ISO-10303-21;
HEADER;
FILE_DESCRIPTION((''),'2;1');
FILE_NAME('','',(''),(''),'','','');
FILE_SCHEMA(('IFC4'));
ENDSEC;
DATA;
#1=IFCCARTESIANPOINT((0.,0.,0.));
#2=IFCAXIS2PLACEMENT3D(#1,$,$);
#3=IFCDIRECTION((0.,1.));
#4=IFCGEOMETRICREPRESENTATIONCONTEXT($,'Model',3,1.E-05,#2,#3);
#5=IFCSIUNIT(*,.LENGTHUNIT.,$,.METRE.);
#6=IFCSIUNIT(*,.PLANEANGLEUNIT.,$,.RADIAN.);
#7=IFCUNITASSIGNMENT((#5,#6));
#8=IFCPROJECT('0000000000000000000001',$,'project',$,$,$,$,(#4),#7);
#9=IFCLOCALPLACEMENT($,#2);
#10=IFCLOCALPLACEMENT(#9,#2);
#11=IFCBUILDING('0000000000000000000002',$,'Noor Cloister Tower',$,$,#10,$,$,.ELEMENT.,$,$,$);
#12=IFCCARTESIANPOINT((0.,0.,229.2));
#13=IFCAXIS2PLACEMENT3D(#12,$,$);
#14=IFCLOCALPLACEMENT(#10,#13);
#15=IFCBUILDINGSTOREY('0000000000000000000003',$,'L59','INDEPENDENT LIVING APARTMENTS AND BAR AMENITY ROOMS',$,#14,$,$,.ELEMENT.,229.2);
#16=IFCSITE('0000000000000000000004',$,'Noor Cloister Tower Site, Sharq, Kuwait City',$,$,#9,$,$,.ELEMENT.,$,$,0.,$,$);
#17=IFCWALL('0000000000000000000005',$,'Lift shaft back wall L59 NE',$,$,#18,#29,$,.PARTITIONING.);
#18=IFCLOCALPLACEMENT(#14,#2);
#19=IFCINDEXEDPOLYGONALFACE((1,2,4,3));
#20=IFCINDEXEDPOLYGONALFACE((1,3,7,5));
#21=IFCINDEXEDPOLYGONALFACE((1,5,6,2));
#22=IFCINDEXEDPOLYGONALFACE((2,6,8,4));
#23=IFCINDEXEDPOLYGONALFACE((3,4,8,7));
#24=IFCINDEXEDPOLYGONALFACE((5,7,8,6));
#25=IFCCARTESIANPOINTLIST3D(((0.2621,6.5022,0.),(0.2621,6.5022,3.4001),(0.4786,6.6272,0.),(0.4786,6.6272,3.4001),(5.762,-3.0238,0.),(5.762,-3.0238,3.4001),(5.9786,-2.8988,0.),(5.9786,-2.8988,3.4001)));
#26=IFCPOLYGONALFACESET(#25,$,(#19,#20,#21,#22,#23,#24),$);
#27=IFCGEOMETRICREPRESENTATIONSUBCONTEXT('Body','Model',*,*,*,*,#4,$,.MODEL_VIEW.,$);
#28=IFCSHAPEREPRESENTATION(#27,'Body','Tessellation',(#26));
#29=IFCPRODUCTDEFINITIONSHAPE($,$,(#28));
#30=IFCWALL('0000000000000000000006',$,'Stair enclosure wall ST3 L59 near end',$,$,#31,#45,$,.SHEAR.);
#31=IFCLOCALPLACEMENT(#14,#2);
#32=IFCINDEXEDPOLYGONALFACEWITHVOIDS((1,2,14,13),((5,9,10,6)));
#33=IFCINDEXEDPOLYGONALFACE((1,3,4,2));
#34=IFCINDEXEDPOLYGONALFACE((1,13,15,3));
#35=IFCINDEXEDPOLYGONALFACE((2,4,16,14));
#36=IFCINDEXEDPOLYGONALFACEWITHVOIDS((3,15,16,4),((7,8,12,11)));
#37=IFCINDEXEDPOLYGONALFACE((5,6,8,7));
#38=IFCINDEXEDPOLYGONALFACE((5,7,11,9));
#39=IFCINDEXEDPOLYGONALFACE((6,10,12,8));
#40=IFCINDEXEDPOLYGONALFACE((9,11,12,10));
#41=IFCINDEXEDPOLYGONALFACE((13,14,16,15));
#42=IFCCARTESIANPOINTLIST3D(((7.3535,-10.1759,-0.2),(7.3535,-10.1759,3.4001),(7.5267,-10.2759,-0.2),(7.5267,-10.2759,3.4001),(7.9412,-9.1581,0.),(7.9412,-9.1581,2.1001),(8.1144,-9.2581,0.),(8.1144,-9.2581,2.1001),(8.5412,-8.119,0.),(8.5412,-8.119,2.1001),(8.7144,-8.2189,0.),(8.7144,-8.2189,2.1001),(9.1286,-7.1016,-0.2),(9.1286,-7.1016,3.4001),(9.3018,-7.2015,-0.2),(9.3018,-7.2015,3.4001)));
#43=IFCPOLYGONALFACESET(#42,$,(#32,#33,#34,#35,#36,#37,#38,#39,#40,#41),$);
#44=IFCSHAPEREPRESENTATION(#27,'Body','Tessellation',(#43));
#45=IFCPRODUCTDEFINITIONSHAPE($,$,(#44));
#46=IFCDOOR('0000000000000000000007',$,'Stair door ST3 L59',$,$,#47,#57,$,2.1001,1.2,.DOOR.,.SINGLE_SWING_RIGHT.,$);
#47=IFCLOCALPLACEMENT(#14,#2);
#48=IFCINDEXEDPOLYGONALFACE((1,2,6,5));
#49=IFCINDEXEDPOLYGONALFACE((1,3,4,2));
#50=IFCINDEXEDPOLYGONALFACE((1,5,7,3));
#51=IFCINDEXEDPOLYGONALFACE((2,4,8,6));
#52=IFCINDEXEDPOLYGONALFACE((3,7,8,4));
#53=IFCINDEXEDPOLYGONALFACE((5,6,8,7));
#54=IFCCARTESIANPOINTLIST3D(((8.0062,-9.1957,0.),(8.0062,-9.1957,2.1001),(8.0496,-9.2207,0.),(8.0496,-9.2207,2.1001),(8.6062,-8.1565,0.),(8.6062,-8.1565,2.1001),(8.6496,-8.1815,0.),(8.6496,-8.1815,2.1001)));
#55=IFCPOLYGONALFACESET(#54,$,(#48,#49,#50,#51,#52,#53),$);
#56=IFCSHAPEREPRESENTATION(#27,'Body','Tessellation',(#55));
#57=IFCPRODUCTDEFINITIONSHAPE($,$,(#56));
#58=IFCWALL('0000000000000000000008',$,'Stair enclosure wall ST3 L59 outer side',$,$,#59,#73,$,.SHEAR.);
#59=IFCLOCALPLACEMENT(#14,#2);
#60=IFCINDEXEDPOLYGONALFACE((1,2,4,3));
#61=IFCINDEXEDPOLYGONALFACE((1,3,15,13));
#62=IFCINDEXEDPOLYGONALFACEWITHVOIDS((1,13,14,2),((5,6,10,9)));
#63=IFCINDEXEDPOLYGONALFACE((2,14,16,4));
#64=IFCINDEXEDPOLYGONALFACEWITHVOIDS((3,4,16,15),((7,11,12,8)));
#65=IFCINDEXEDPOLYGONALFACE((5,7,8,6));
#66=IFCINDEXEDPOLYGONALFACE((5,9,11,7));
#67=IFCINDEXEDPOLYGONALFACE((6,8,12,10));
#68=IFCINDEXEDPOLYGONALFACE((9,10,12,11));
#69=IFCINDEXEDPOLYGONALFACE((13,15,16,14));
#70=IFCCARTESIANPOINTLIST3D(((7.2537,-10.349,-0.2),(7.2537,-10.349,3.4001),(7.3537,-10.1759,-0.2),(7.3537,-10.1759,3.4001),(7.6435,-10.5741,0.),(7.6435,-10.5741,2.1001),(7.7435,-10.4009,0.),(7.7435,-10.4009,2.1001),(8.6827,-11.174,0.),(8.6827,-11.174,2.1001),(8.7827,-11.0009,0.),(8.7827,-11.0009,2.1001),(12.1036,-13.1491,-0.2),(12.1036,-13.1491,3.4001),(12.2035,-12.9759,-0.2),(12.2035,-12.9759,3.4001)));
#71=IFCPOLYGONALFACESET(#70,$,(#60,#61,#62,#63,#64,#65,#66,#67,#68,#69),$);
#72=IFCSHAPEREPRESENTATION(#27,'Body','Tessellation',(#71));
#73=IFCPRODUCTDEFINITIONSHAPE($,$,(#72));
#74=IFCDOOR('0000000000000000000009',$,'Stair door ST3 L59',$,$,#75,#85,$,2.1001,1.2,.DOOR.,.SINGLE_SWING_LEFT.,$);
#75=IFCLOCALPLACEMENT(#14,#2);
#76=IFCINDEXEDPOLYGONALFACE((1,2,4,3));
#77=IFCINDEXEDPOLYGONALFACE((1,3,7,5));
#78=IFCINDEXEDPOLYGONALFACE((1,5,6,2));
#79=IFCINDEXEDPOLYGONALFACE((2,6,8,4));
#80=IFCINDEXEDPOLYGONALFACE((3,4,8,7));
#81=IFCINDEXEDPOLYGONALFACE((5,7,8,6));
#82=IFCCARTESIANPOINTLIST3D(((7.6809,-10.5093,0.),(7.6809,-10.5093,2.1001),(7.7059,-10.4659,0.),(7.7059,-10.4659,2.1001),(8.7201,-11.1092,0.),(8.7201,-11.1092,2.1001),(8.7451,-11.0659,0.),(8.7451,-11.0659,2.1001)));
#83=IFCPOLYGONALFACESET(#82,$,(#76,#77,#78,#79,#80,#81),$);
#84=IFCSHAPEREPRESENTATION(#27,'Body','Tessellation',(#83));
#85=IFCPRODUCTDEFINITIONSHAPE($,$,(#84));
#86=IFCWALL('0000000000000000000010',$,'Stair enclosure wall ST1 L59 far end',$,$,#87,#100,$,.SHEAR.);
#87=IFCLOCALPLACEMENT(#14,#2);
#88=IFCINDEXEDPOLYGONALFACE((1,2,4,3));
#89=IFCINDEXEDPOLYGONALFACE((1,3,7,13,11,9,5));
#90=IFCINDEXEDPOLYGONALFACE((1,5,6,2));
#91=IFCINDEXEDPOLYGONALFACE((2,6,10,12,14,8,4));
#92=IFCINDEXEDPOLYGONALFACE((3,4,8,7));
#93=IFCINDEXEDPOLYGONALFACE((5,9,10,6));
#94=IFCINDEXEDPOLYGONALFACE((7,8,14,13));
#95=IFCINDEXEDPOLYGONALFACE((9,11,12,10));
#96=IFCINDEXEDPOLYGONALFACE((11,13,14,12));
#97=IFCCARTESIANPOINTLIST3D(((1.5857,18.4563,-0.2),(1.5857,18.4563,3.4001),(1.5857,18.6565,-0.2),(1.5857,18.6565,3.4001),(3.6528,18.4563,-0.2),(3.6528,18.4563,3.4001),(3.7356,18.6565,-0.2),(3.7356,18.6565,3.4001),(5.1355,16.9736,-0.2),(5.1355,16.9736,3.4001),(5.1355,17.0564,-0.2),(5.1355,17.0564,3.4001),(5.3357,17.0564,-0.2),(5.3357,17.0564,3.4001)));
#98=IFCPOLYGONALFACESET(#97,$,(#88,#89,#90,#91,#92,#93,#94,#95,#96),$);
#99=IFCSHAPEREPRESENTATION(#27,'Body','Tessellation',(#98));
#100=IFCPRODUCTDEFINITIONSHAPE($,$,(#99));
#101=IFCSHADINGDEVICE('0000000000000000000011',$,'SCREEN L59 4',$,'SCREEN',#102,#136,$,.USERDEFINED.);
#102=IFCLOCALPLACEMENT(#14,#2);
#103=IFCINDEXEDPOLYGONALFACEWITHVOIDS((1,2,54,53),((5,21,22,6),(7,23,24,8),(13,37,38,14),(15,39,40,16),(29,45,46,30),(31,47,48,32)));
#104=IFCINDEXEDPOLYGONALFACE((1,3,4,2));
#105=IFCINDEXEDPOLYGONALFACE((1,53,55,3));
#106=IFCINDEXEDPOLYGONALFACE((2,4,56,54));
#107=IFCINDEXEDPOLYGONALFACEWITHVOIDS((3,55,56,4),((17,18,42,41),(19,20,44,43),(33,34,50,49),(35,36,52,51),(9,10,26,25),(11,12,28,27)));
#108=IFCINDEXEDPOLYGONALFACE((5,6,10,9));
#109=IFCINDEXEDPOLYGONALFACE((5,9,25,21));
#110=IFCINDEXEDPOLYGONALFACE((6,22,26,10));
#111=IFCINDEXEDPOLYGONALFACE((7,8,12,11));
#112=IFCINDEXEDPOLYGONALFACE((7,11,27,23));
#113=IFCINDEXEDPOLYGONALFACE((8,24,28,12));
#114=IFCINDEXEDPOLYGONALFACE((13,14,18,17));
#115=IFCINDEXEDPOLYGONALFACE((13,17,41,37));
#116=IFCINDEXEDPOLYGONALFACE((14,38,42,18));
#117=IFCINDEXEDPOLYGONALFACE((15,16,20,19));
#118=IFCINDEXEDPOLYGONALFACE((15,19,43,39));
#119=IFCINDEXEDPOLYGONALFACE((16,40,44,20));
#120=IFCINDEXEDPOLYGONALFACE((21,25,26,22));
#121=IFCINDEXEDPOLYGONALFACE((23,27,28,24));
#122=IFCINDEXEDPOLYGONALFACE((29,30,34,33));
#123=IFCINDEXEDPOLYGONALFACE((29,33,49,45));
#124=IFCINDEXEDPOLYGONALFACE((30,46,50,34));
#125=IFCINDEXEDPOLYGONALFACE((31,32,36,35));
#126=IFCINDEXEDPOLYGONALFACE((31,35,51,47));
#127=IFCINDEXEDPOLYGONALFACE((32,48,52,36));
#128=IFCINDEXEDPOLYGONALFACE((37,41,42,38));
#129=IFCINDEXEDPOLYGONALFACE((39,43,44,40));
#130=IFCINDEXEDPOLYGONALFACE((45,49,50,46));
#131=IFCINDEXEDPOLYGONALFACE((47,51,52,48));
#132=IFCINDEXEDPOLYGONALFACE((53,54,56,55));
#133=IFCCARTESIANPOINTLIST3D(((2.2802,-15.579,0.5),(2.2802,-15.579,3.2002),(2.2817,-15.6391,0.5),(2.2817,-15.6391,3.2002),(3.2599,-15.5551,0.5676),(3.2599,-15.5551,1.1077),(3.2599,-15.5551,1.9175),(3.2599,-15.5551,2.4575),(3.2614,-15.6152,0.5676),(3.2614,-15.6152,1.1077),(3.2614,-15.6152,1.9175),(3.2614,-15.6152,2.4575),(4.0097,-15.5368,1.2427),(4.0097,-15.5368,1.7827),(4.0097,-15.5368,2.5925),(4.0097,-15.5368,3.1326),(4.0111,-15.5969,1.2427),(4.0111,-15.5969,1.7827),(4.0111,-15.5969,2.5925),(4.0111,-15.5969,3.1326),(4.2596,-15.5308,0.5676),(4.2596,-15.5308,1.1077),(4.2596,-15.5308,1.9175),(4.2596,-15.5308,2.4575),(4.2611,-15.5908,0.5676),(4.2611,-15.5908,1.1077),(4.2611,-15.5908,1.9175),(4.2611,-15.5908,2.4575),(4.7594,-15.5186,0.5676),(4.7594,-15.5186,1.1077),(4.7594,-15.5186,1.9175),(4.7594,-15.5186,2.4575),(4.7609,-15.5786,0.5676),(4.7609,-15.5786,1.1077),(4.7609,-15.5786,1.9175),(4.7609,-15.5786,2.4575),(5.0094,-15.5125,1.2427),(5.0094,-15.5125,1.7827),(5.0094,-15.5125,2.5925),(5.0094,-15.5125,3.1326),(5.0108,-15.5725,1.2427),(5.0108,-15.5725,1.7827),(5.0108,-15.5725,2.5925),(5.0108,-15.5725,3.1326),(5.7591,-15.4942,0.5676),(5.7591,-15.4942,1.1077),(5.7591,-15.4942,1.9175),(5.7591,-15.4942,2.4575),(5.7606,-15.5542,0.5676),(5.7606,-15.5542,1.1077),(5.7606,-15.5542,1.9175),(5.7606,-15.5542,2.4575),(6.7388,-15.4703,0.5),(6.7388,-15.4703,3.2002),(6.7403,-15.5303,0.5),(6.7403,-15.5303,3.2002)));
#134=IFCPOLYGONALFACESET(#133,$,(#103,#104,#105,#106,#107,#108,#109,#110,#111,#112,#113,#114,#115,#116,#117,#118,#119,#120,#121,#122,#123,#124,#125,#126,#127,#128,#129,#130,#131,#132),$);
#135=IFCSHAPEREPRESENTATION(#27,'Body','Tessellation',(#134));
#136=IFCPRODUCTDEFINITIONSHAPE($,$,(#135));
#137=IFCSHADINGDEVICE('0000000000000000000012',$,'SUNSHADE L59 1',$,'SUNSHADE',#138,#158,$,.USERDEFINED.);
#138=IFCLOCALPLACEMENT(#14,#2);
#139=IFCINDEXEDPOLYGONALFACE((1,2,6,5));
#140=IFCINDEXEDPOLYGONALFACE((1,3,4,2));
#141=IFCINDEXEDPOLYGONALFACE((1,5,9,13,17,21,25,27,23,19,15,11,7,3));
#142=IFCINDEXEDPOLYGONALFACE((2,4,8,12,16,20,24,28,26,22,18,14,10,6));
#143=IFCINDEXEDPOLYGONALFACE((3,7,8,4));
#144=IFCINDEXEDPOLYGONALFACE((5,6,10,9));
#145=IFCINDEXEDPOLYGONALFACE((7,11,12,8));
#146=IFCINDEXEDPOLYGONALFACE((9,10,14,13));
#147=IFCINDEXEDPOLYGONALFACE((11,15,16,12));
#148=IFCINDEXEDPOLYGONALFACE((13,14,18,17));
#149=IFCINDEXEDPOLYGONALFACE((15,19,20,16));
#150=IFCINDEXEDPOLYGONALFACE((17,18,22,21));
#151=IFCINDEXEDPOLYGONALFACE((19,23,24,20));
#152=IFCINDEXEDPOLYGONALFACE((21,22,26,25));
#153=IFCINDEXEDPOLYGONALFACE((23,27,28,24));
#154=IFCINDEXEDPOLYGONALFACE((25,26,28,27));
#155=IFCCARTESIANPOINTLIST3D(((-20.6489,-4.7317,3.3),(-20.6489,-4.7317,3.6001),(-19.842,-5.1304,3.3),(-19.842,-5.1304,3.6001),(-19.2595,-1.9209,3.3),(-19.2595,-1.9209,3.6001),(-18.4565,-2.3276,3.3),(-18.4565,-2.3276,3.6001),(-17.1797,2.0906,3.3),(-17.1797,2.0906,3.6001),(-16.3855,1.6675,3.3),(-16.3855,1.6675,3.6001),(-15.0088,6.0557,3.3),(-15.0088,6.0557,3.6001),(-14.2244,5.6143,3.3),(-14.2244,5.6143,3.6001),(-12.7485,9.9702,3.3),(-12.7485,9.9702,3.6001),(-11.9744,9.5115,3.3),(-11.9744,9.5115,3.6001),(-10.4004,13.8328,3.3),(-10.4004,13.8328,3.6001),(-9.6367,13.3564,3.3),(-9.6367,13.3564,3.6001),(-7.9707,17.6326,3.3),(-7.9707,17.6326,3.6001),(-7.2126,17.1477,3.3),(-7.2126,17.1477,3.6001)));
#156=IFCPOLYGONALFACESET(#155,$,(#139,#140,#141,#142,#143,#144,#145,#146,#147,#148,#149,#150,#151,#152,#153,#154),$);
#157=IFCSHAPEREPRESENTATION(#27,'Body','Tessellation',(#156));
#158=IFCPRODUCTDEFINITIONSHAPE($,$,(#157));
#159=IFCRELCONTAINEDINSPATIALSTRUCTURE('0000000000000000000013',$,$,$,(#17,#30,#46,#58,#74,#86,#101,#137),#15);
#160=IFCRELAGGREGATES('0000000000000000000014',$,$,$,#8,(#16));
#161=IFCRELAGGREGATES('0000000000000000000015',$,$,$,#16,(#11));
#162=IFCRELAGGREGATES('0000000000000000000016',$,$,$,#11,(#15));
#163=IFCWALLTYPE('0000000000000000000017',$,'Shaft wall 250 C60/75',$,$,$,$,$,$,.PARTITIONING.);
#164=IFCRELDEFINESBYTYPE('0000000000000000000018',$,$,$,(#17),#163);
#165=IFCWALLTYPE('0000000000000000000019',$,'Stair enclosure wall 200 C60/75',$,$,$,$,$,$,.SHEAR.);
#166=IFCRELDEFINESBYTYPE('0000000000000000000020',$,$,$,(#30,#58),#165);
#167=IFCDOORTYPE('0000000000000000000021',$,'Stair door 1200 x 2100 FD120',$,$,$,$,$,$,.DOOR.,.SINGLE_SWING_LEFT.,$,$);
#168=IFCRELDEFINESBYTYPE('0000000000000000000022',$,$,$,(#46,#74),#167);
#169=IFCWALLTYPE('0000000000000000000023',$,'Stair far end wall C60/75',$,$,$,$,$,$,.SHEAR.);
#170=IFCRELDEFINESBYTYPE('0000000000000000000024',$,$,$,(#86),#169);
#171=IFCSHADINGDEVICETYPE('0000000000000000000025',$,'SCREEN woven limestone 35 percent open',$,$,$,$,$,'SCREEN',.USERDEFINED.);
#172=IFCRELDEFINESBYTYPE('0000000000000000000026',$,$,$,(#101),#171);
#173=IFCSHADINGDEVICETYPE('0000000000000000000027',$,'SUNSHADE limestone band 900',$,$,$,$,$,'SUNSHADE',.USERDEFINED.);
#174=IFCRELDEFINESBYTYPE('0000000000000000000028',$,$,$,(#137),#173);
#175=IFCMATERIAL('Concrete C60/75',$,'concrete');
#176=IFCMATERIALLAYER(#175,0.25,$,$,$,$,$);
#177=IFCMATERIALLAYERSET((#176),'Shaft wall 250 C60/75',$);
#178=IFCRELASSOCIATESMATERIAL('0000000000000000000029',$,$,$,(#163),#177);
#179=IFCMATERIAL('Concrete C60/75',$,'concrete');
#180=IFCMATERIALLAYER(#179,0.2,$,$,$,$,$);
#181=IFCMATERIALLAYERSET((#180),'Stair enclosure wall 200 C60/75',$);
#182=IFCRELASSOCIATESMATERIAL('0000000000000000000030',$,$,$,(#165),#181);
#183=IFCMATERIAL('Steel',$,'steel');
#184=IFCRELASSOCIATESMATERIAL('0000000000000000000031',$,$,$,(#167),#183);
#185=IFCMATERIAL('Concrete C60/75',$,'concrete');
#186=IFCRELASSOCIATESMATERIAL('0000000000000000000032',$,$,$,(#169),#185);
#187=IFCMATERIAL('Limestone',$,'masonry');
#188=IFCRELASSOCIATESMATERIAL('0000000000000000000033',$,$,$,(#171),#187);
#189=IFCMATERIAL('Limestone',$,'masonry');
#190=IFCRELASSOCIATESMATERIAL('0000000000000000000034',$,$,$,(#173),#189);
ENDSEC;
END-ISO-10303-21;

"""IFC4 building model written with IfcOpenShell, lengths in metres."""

from ifc_helpers import new_model, si_unit, direction, frame, frame_2d, origin, place, context, subcontext, project, spatial, polyline, rectangle, outline, extrude, material, layer, layer_set, material_profile, profile_set, type_object, element, fill, save


model = new_model("IFC4")

# Units and contexts
model_context = context("Model", 3, precision=1e-05, world=origin(), true_north=direction((0.0, 1.0)))
body_context = subcontext(model_context, "Body", "Model", "MODEL_VIEW")
ifc_project = project(units=[si_unit("LENGTHUNIT", "METRE"), si_unit("PLANEANGLEUNIT", "RADIAN")], contexts=[model_context])

# Site, building, storey
site_placement = place(None, origin())
site = spatial("IfcSite", under=ifc_project, at=site_placement, Name="Noor Cloister Tower Site, Sharq, Kuwait City", CompositionType="ELEMENT", RefElevation=0.0)
building_placement = place(site_placement, origin())
building = spatial("IfcBuilding", under=site, at=building_placement, Name="Noor Cloister Tower", CompositionType="ELEMENT")
storey_placement = place(building_placement, frame((0.0, 0.0, 229.2)))
storey = spatial("IfcBuildingStorey", under=building, at=storey_placement, Name="L59", Description="INDEPENDENT LIVING APARTMENTS AND BAR AMENITY ROOMS", CompositionType="ELEMENT", Elevation=229.2)

# Wall
ifc_material_1 = material(Name="Concrete C60/75", Category="concrete")
ifc_layer_1 = layer(ifc_material_1, 0.25)
ifc_layer_set_1 = layer_set([ifc_layer_1], Name="Shaft wall 250 C60/75")
wall_type_1 = type_object("IfcWallType", Name="Shaft wall 250 C60/75", PredefinedType="PARTITIONING", material=ifc_layer_set_1)
wall_1_placement = place(storey_placement, frame((5.8704, -2.9614, 0.0), z_axis=(0.0, 0.0, 1.0), x_axis=(-0.500006, 0.866022, 0.0)))
element("IfcWall", 1, at=wall_1_placement, inside=storey, type_object=wall_type_1, Name="Lift shaft back wall L59 NE", PredefinedType="PARTITIONING", context=body_context, shape_type="SweptSolid", body=[
    extrude(rectangle(XDim=10.9998, YDim=0.25, at=frame_2d((5.5, 0.0))), origin(), (0.0, 0.0, 1.0), 3.4001),
])

# Walls, openings, doors
ifc_material_2 = material(Name="Concrete C60/75", Category="concrete")
ifc_layer_2 = layer(ifc_material_2, 0.2)
ifc_layer_set_2 = layer_set([ifc_layer_2], Name="Stair enclosure wall 200 C60/75")
wall_type_2 = type_object("IfcWallType", Name="Stair enclosure wall 200 C60/75", PredefinedType="SHEAR", material=ifc_layer_set_2)
wall_2_placement = place(storey_placement, frame((7.4402, -10.2258, -0.2), z_axis=(0.0, 0.0, 1.0), x_axis=(0.500022, 0.866013, 0.0)))
wall_2 = element("IfcWall", 2, at=wall_2_placement, inside=storey, type_object=wall_type_2, Name="Stair enclosure wall ST3 L59 near end", PredefinedType="SHEAR", context=body_context, shape_type="SweptSolid", body=[
    extrude(rectangle(XDim=3.55, YDim=0.2, at=frame_2d((1.7749, 0.0))), origin(), (0.0, 0.0, 1.0), 3.6001),
])
opening_1_placement = place(wall_2_placement, frame((1.175, 0.0, 0.2)))
opening_1 = element("IfcOpeningElement", 3, at=opening_1_placement, cuts=wall_2, PredefinedType="OPENING", context=body_context, shape_type="SweptSolid", body=[
    extrude(rectangle(XDim=1.2, YDim=2.1001, at=frame_2d((0.6001, 1.05))), frame((0.0, 0.1099, 0.0), z_axis=(0.0, -1.0, 0.0), x_axis=(1.0, 0.0, 0.0)), (0.0, 0.0, 1.0), 0.22),
])
ifc_material_3 = material(Name="Steel", Category="steel")
door_type_1 = type_object("IfcDoorType", Name="Stair door 1200 x 2100 FD120", OperationType="SINGLE_SWING_LEFT", PredefinedType="DOOR", material=ifc_material_3)
door_1_placement = place(opening_1_placement, origin())
door_1 = element("IfcDoor", 4, at=door_1_placement, inside=storey, type_object=door_type_1, Name="Stair door ST3 L59", OperationType="SINGLE_SWING_RIGHT", OverallHeight=2.1001, OverallWidth=1.2, PredefinedType="DOOR", context=body_context, shape_type="SweptSolid", body=[
    extrude(rectangle(XDim=1.2, YDim=2.1001, at=frame_2d((0.6001, 1.05))), frame((0.0, 0.0249, 0.0), z_axis=(0.0, -1.0, 0.0), x_axis=(1.0, 0.0, 0.0)), (0.0, 0.0, 1.0), 0.05),
])
fill(opening_1, door_1)
wall_3_placement = place(storey_placement, frame((7.3037, -10.2625, -0.2), z_axis=(0.0, 0.0, 1.0), x_axis=(0.866027, -0.499998, 0.0)))
wall_3 = element("IfcWall", 5, at=wall_3_placement, inside=storey, type_object=wall_type_2, Name="Stair enclosure wall ST3 L59 outer side", PredefinedType="SHEAR", context=body_context, shape_type="SweptSolid", body=[
    extrude(rectangle(XDim=5.6001, YDim=0.2, at=frame_2d((2.8, 0.0))), origin(), (0.0, 0.0, 1.0), 3.6001),
])
opening_2_placement = place(wall_3_placement, frame((0.45, 0.0, 0.2)))
opening_2 = element("IfcOpeningElement", 6, at=opening_2_placement, cuts=wall_3, PredefinedType="OPENING", context=body_context, shape_type="SweptSolid", body=[
    extrude(rectangle(XDim=1.2, YDim=2.1001, at=frame_2d((0.6001, 1.05))), frame((0.0, 0.1099, 0.0), z_axis=(0.0, -1.0, 0.0), x_axis=(1.0, 0.0, 0.0)), (0.0, 0.0, 1.0), 0.22),
])
door_2_placement = place(opening_2_placement, origin())
door_2 = element("IfcDoor", 7, at=door_2_placement, inside=storey, type_object=door_type_1, Name="Stair door ST3 L59", OperationType="SINGLE_SWING_LEFT", OverallHeight=2.1001, OverallWidth=1.2, PredefinedType="DOOR", context=body_context, shape_type="SweptSolid", body=[
    extrude(rectangle(XDim=1.2, YDim=2.1001, at=frame_2d((0.6001, 1.05))), frame((0.0, 0.0249, 0.0), z_axis=(0.0, -1.0, 0.0), x_axis=(1.0, 0.0, 0.0)), (0.0, 0.0, 1.0), 0.05),
])
fill(opening_2, door_2)

# Wall
ifc_material_4 = material(Name="Concrete C60/75", Category="concrete")
wall_type_3 = type_object("IfcWallType", Name="Stair far end wall C60/75", PredefinedType="SHEAR", material=ifc_material_4)
wall_4_placement = place(storey_placement, frame((0.0, 0.0, -0.2)))
element("IfcWall", 8, at=wall_4_placement, inside=storey, type_object=wall_type_3, Name="Stair enclosure wall ST1 L59 far end", PredefinedType="SHEAR", context=body_context, shape_type="SweptSolid", body=[
    extrude(outline(polyline([(5.3357, 17.0564), (3.7356, 18.6565), (1.5857, 18.6565), (1.5857, 18.4563), (3.6528, 18.4563), (5.1355, 16.9736), (5.1355, 17.0564), (5.1355, 17.0564), (5.1355, 17.0564), (5.1355, 17.0564), (5.1355, 17.0564), (5.1355, 17.0564), (5.1355, 17.0564), (5.1355, 17.0564), (5.1355, 17.0564), (5.1355, 17.0564), (5.1355, 17.0564), (5.1355, 17.0564), (5.1355, 17.0564), (5.1355, 17.0564), (5.1355, 17.0564), (5.1355, 17.0564), (5.1355, 17.0564), (5.3357, 17.0564)])), origin(), (0.0, 0.0, 1.0), 3.6001),
])

# Shading devices
ifc_material_5 = material(Name="Limestone", Category="masonry")
ifc_material_profile_1 = material_profile(ifc_material_5, outline(polyline([(-2.23, -1.3501), (2.23, -1.3501), (2.23, 1.3501), (-2.23, 1.3501), (-2.23, -1.3501)]), holes=[polyline([(-1.25, -1.2825), (-0.25, -1.2825), (-0.25, -0.7424), (-1.25, -0.7424), (-1.25, -1.2825)]), polyline([(0.25, -1.2825), (1.25, -1.2825), (1.25, -0.7424), (0.25, -0.7424), (0.25, -1.2825)]), polyline([(-0.5, -0.6074), (0.5, -0.6074), (0.5, -0.0674), (-0.5, -0.0674), (-0.5, -0.6074)]), polyline([(-1.25, 0.0674), (-0.25, 0.0674), (-0.25, 0.6074), (-1.25, 0.6074), (-1.25, 0.0674)]), polyline([(0.25, 0.0674), (1.25, 0.0674), (1.25, 0.6074), (0.25, 0.6074), (0.25, 0.0674)]), polyline([(-0.5, 0.7424), (0.5, 0.7424), (0.5, 1.2825), (-0.5, 1.2825), (-0.5, 0.7424)])]), Name="Woven screen 35 percent open")
ifc_profile_set_1 = profile_set([ifc_material_profile_1], Name="Limestone")
shading_device_type_1 = type_object("IfcShadingDeviceType", Name="SCREEN woven limestone 35 percent open", ElementType="SCREEN", PredefinedType="USERDEFINED", material=ifc_profile_set_1)
shading_device_1_placement = place(storey_placement, frame((4.5095, -15.5247, 1.8501), z_axis=(0.024383, -0.999703, 0.0), x_axis=(0.999703, 0.024383, 0.0)))
element("IfcShadingDevice", 9, at=shading_device_1_placement, inside=storey, type_object=shading_device_type_1, Name="SCREEN L59 4", ObjectType="SCREEN", PredefinedType="USERDEFINED", context=body_context, shape_type="SweptSolid", body=[
    extrude(outline(polyline([(-2.23, -1.3501), (2.23, -1.3501), (2.23, 1.3501), (-2.23, 1.3501), (-2.23, -1.3501)]), holes=[polyline([(-1.25, -1.2825), (-0.25, -1.2825), (-0.25, -0.7424), (-1.25, -0.7424), (-1.25, -1.2825)]), polyline([(0.25, -1.2825), (1.25, -1.2825), (1.25, -0.7424), (0.25, -0.7424), (0.25, -1.2825)]), polyline([(-0.5, -0.6074), (0.5, -0.6074), (0.5, -0.0674), (-0.5, -0.0674), (-0.5, -0.6074)]), polyline([(-1.25, 0.0674), (-0.25, 0.0674), (-0.25, 0.6074), (-1.25, 0.6074), (-1.25, 0.0674)]), polyline([(0.25, 0.0674), (1.25, 0.0674), (1.25, 0.6074), (0.25, 0.6074), (0.25, 0.0674)]), polyline([(-0.5, 0.7424), (0.5, 0.7424), (0.5, 1.2825), (-0.5, 1.2825), (-0.5, 0.7424)])]), origin(), (0.0, 0.0, 1.0), 0.0601),
])
ifc_material_6 = material(Name="Limestone", Category="masonry")
shading_device_type_2 = type_object("IfcShadingDeviceType", Name="SUNSHADE limestone band 900", ElementType="SUNSHADE", PredefinedType="USERDEFINED", material=ifc_material_6)
shading_device_2_placement = place(storey_placement, frame((0.0, 0.0, 3.3)))
element("IfcShadingDevice", 10, at=shading_device_2_placement, inside=storey, type_object=shading_device_type_2, Name="SUNSHADE L59 1", ObjectType="SUNSHADE", PredefinedType="USERDEFINED", context=body_context, shape_type="SweptSolid", body=[
    extrude(outline(polyline([(-7.9707, 17.6326), (-10.4004, 13.8328), (-12.7485, 9.9702), (-15.0088, 6.0557), (-17.1797, 2.0906), (-19.2595, -1.9209), (-20.6489, -4.7317), (-19.842, -5.1304), (-18.4565, -2.3276), (-16.3855, 1.6675), (-14.2244, 5.6143), (-11.9744, 9.5115), (-9.6367, 13.3564), (-7.2126, 17.1477), (-7.9707, 17.6326)])), origin(), (0.0, 0.0, 1.0), 0.3),
])

save(model, "model.ifc")
